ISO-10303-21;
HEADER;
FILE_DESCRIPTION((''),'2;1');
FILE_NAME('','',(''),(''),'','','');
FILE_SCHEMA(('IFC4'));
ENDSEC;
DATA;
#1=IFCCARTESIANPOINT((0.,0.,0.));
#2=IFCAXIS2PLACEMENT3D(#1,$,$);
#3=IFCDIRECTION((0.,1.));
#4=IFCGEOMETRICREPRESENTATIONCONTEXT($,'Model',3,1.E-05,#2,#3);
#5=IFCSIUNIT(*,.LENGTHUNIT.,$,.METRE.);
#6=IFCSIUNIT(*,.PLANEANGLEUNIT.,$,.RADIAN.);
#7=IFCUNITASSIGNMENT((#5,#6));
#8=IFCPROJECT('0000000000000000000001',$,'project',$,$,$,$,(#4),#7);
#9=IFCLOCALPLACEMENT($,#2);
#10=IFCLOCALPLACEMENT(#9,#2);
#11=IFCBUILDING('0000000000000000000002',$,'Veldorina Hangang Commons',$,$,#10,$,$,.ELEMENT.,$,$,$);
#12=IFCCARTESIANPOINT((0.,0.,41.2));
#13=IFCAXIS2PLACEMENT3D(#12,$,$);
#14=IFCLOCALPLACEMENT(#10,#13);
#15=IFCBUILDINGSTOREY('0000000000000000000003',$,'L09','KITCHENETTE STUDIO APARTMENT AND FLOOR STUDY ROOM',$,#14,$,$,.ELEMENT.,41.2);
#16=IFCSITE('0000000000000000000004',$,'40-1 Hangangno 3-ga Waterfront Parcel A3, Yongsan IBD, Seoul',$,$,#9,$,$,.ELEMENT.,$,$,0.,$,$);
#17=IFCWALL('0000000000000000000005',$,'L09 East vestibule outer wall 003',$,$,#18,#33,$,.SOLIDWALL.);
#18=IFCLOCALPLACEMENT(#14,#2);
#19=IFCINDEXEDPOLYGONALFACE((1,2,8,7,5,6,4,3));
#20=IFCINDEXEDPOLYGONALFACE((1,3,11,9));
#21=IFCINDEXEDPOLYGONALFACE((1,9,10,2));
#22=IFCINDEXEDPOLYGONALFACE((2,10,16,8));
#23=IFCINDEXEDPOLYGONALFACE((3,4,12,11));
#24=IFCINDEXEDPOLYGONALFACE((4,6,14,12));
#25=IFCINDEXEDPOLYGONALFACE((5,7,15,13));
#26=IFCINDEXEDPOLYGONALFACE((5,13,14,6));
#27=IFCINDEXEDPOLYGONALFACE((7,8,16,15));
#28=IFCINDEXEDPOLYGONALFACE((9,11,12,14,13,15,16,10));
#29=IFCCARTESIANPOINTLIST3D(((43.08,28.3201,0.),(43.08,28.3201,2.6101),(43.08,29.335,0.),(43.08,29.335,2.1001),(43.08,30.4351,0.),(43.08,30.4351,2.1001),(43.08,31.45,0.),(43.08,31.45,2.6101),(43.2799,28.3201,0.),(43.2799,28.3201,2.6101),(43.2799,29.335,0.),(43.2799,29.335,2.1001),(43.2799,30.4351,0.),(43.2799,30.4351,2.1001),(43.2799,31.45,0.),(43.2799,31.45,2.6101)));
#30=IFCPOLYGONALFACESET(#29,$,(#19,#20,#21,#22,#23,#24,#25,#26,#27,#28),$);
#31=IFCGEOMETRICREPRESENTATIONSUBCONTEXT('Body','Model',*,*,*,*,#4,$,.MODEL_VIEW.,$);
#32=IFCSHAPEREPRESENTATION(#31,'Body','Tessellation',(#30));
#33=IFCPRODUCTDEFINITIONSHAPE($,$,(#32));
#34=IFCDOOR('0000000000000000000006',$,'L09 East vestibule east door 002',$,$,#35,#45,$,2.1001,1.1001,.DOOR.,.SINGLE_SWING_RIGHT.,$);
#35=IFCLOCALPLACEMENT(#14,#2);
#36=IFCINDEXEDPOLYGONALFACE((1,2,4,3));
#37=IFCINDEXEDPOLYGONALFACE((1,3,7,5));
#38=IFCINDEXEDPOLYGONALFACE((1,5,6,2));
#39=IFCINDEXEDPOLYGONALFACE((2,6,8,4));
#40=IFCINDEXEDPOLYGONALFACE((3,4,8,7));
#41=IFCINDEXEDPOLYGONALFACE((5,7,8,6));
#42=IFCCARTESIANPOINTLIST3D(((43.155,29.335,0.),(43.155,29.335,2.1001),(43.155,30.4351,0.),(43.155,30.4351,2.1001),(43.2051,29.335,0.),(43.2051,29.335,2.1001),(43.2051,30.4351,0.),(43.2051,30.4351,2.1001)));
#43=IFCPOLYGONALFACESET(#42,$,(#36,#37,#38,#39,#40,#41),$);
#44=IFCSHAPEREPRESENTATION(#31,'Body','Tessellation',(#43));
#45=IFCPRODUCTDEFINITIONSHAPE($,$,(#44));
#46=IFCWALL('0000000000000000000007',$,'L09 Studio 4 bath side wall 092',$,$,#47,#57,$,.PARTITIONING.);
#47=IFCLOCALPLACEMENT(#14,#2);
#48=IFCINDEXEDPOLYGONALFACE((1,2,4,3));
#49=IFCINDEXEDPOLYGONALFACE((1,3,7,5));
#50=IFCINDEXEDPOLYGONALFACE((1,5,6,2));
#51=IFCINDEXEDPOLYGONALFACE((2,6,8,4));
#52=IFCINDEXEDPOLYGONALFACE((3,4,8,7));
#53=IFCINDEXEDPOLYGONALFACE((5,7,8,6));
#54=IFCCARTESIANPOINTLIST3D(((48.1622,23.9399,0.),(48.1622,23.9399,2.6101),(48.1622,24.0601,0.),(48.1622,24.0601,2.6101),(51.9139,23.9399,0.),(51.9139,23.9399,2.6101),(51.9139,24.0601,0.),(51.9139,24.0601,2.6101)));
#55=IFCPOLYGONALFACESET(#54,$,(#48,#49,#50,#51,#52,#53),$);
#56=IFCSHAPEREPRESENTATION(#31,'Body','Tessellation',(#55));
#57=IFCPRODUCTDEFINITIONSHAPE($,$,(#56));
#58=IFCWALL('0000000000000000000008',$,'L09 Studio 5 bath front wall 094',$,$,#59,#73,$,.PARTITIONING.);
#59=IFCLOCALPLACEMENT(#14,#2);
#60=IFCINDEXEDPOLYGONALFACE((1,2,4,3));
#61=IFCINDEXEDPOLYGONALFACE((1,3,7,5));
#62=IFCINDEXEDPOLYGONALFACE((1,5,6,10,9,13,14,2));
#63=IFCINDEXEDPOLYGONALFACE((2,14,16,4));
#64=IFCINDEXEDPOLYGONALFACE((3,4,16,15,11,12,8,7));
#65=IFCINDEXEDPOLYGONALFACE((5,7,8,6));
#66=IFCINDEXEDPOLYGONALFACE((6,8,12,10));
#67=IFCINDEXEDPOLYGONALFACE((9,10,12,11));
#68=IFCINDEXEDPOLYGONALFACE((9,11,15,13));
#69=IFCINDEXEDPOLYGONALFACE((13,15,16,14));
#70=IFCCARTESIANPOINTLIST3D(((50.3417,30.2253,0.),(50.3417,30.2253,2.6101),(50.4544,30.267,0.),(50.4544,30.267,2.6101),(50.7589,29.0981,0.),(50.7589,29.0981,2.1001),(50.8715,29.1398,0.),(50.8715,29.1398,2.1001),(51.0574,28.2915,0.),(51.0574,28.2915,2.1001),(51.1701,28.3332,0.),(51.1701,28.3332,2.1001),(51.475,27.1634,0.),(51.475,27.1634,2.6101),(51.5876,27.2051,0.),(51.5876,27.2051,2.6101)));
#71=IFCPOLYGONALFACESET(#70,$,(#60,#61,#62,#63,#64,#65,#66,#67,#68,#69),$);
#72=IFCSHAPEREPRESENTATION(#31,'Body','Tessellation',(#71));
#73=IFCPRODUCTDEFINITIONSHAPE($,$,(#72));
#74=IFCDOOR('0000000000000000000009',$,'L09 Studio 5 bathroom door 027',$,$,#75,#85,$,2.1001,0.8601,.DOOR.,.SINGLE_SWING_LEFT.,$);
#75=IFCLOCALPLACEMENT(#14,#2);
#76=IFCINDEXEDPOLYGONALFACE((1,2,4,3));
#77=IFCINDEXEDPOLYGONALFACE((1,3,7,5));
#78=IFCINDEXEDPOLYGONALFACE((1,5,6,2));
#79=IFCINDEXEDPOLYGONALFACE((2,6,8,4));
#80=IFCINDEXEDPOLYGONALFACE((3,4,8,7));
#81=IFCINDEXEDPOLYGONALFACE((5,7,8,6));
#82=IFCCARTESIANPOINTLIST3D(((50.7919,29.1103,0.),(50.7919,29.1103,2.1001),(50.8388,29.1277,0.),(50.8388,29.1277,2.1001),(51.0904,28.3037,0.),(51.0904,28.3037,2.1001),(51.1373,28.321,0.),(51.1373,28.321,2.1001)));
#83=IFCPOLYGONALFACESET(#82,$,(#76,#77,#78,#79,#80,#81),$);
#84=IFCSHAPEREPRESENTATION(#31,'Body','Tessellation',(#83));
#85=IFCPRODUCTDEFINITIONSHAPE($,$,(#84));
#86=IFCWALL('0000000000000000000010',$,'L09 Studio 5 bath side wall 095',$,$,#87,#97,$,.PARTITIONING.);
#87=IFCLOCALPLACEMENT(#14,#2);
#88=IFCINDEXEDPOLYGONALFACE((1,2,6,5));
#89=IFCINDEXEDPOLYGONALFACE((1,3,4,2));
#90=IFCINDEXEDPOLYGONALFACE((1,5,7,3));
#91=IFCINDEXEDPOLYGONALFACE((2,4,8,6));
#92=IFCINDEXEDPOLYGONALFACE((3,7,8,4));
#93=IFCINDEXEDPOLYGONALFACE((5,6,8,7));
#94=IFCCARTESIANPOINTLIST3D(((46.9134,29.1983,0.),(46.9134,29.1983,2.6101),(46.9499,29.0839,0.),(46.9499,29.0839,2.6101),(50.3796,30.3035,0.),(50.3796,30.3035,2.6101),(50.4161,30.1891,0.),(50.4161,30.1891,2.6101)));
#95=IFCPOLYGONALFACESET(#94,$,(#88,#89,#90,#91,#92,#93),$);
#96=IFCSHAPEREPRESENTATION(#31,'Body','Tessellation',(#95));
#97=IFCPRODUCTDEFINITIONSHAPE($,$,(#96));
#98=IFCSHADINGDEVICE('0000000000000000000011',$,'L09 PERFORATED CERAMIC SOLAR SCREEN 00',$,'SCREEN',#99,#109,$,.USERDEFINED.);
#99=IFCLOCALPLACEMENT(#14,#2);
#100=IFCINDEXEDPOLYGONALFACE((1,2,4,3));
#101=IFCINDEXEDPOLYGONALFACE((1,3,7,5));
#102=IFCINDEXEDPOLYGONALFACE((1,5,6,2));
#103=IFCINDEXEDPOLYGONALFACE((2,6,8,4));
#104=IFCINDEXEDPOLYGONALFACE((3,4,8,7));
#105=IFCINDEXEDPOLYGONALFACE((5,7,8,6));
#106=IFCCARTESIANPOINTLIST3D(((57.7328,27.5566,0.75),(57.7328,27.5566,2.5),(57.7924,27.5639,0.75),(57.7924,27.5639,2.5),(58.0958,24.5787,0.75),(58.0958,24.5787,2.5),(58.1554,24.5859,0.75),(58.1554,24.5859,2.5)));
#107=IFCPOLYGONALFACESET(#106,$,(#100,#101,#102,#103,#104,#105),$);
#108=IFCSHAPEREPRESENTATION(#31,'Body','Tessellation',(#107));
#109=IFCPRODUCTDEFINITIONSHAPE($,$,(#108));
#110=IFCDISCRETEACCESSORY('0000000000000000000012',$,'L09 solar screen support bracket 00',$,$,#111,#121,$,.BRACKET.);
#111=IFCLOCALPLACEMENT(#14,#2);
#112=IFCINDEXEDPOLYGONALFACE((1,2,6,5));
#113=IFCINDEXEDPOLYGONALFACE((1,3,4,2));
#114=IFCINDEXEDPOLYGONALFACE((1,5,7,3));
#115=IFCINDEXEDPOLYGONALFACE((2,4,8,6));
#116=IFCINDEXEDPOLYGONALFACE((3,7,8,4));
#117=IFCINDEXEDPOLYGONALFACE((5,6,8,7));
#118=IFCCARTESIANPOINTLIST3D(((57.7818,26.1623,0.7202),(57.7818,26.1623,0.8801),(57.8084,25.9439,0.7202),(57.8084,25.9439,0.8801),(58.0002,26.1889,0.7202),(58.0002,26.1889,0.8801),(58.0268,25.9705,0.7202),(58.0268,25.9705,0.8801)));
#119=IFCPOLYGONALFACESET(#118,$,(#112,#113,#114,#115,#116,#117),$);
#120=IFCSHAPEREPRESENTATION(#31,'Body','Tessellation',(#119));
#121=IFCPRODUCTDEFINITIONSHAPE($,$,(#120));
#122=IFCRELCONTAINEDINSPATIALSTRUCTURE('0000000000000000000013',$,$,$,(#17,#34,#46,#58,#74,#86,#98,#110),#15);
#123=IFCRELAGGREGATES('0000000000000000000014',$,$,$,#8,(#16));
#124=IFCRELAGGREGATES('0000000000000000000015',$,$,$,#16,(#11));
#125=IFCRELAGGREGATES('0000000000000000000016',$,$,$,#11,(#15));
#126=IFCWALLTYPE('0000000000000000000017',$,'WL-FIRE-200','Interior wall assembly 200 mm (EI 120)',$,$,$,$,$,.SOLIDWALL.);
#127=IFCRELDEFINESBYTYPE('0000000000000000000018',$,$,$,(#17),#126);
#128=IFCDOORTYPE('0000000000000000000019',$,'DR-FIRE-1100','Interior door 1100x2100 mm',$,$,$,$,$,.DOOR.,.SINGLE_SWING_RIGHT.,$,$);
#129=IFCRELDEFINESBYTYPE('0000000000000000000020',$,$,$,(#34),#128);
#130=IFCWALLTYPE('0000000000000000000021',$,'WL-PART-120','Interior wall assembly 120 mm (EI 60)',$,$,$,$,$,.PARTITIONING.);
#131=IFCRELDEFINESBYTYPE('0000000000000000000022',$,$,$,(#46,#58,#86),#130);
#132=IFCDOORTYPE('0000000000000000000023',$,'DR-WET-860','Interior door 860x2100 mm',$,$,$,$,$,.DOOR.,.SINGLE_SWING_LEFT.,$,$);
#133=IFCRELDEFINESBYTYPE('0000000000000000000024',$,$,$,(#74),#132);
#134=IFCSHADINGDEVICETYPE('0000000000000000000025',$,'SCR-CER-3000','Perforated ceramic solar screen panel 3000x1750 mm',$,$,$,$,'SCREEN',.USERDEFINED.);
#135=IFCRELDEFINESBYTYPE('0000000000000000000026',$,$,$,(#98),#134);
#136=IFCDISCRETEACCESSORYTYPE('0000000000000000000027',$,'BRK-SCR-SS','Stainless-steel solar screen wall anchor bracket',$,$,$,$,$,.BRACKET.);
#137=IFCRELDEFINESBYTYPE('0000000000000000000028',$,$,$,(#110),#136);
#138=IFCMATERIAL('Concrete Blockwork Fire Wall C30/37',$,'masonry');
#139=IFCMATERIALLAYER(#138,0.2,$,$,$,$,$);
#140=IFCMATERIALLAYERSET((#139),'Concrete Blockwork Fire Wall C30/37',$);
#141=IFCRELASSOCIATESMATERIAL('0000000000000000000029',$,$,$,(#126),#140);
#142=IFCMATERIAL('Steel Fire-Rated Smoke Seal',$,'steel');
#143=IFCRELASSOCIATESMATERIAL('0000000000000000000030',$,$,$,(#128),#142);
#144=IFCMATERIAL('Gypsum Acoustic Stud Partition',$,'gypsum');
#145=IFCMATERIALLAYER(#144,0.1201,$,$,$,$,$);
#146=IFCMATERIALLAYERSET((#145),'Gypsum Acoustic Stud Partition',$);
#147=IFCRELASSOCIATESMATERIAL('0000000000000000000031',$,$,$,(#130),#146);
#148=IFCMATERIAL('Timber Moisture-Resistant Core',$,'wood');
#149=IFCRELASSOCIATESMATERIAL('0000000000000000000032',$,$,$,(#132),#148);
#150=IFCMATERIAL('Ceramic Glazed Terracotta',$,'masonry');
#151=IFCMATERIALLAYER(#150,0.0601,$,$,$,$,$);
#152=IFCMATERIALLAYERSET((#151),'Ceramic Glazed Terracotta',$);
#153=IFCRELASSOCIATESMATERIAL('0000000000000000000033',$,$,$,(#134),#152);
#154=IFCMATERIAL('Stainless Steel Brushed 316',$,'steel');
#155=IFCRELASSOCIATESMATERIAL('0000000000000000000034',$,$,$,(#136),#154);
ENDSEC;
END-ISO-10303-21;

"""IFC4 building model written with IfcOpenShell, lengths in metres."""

from ifc_helpers import new_model, si_unit, direction, frame, frame_2d, origin, origin_2d, place, context, subcontext, project, spatial, rectangle, extrude, material, layer, layer_set, type_object, element, fill, save


model = new_model("IFC4")

# Units and contexts
model_context = context("Model", 3, precision=1e-05, world=origin(), true_north=direction((0.0, 1.0)))
body_context = subcontext(model_context, "Body", "Model", "MODEL_VIEW")
ifc_project = project(units=[si_unit("LENGTHUNIT", "METRE"), si_unit("PLANEANGLEUNIT", "RADIAN")], contexts=[model_context])

# Site, building, storey
site_placement = place(None, origin())
site = spatial("IfcSite", under=ifc_project, at=site_placement, Name="40-1 Hangangno 3-ga Waterfront Parcel A3, Yongsan IBD, Seoul", CompositionType="ELEMENT", RefElevation=0.0)
building_placement = place(site_placement, origin())
building = spatial("IfcBuilding", under=site, at=building_placement, Name="Veldorina Hangang Commons", CompositionType="ELEMENT")
storey_placement = place(building_placement, frame((0.0, 0.0, 41.2)))
storey = spatial("IfcBuildingStorey", under=building, at=storey_placement, Name="L09", Description="KITCHENETTE STUDIO APARTMENT AND FLOOR STUDY ROOM", CompositionType="ELEMENT", Elevation=41.2)

# Wall, opening, door
ifc_material_1 = material(Name="Concrete Blockwork Fire Wall C30/37", Category="masonry")
ifc_layer_1 = layer(ifc_material_1, 0.2)
ifc_layer_set_1 = layer_set([ifc_layer_1], Name="Concrete Blockwork Fire Wall C30/37")
wall_type_1 = type_object("IfcWallType", Name="WL-FIRE-200", Description="Interior wall assembly 200 mm (EI 120)", PredefinedType="SOLIDWALL", material=ifc_layer_set_1)
wall_1_placement = place(storey_placement, frame((43.1799, 28.3201, 0.0), z_axis=(0.0, 0.0, 1.0), x_axis=(0.0, 1.0, 0.0)))
wall_1 = element("IfcWall", 1, at=wall_1_placement, inside=storey, type_object=wall_type_1, Name="L09 East vestibule outer wall 003", PredefinedType="SOLIDWALL", context=body_context, shape_type="SweptSolid", body=[
    extrude(rectangle(XDim=3.1299, YDim=0.2, at=frame_2d((1.5649, 0.0))), origin(), (0.0, 0.0, 1.0), 2.6101),
])
opening_1_placement = place(wall_1_placement, frame((1.0149, 0.0, 0.0)))
opening_1 = element("IfcOpeningElement", 2, at=opening_1_placement, cuts=wall_1, PredefinedType="OPENING", context=body_context, shape_type="SweptSolid", body=[
    extrude(rectangle(XDim=1.1001, YDim=2.1001, at=frame_2d((0.55, 1.05))), frame((0.0, 0.1099, 0.0), z_axis=(0.0, -1.0, 0.0), x_axis=(1.0, 0.0, 0.0)), (0.0, 0.0, 1.0), 0.22),
])
ifc_material_2 = material(Name="Steel Fire-Rated Smoke Seal", Category="steel")
door_type_1 = type_object("IfcDoorType", Name="DR-FIRE-1100", Description="Interior door 1100x2100 mm", OperationType="SINGLE_SWING_RIGHT", PredefinedType="DOOR", material=ifc_material_2)
door_1_placement = place(opening_1_placement, origin())
door_1 = element("IfcDoor", 3, at=door_1_placement, inside=storey, type_object=door_type_1, Name="L09 East vestibule east door 002", OperationType="SINGLE_SWING_RIGHT", OverallHeight=2.1001, OverallWidth=1.1001, PredefinedType="DOOR", context=body_context, shape_type="SweptSolid", body=[
    extrude(rectangle(XDim=1.1001, YDim=2.1001, at=frame_2d((0.55, 1.05))), frame((0.0, 0.0249, 0.0), z_axis=(0.0, -1.0, 0.0), x_axis=(1.0, 0.0, 0.0)), (0.0, 0.0, 1.0), 0.05),
])
fill(opening_1, door_1)

# Wall
ifc_material_3 = material(Name="Gypsum Acoustic Stud Partition", Category="gypsum")
ifc_layer_2 = layer(ifc_material_3, 0.1201)
ifc_layer_set_2 = layer_set([ifc_layer_2], Name="Gypsum Acoustic Stud Partition")
wall_type_2 = type_object("IfcWallType", Name="WL-PART-120", Description="Interior wall assembly 120 mm (EI 60)", PredefinedType="PARTITIONING", material=ifc_layer_set_2)
wall_2_placement = place(storey_placement, frame((48.1621, 24.0, 0.0), z_axis=(0.0, 0.0, 1.0), x_axis=(1.0, 0.0, 0.0)))
element("IfcWall", 4, at=wall_2_placement, inside=storey, type_object=wall_type_2, Name="L09 Studio 4 bath side wall 092", PredefinedType="PARTITIONING", context=body_context, shape_type="SweptSolid", body=[
    extrude(rectangle(XDim=3.7517, YDim=0.1201, at=frame_2d((1.876, 0.0))), origin(), (0.0, 0.0, 1.0), 2.6101),
])

# Wall, opening, door
wall_3_placement = place(storey_placement, frame((51.5312, 27.1843, 0.0), z_axis=(0.0, 0.0, 1.0), x_axis=(-0.347105, 0.937826, 0.0)))
wall_3 = element("IfcWall", 5, at=wall_3_placement, inside=storey, type_object=wall_type_2, Name="L09 Studio 5 bath front wall 094", PredefinedType="PARTITIONING", context=body_context, shape_type="SweptSolid", body=[
    extrude(rectangle(XDim=3.2649, YDim=0.1201, at=frame_2d((1.6323, 0.0))), origin(), (0.0, 0.0, 1.0), 2.6101),
])
opening_2_placement = place(wall_3_placement, frame((1.2026, 0.0, 0.0)))
opening_2 = element("IfcOpeningElement", 6, at=opening_2_placement, cuts=wall_3, PredefinedType="OPENING", context=body_context, shape_type="SweptSolid", body=[
    extrude(rectangle(XDim=0.8601, YDim=2.1001, at=frame_2d((0.4302, 1.05))), frame((0.0, 0.0701, 0.0), z_axis=(0.0, -1.0, 0.0), x_axis=(1.0, 0.0, 0.0)), (0.0, 0.0, 1.0), 0.1401),
])
ifc_material_4 = material(Name="Timber Moisture-Resistant Core", Category="wood")
door_type_2 = type_object("IfcDoorType", Name="DR-WET-860", Description="Interior door 860x2100 mm", OperationType="SINGLE_SWING_LEFT", PredefinedType="DOOR", material=ifc_material_4)
door_2_placement = place(opening_2_placement, origin())
door_2 = element("IfcDoor", 7, at=door_2_placement, inside=storey, type_object=door_type_2, Name="L09 Studio 5 bathroom door 027", OperationType="SINGLE_SWING_LEFT", OverallHeight=2.1001, OverallWidth=0.8601, PredefinedType="DOOR", context=body_context, shape_type="SweptSolid", body=[
    extrude(rectangle(XDim=0.8601, YDim=2.1001, at=frame_2d((0.4302, 1.05))), frame((0.0, 0.0249, 0.0), z_axis=(0.0, -1.0, 0.0), x_axis=(1.0, 0.0, 0.0)), (0.0, 0.0, 1.0), 0.05),
])
fill(opening_2, door_2)

# Wall
wall_4_placement = place(storey_placement, frame((46.9316, 29.1411, 0.0), z_axis=(0.0, 0.0, 1.0), x_axis=(0.952742, 0.30378, 0.0)))
element("IfcWall", 8, at=wall_4_placement, inside=storey, type_object=wall_type_2, Name="L09 Studio 5 bath side wall 095", PredefinedType="PARTITIONING", context=body_context, shape_type="SweptSolid", body=[
    extrude(rectangle(XDim=3.6382, YDim=0.1201, at=frame_2d((1.8191, 0.0))), origin(), (0.0, 0.0, 1.0), 2.6101),
])

# Shading device
ifc_material_5 = material(Name="Ceramic Glazed Terracotta", Category="masonry")
ifc_layer_3 = layer(ifc_material_5, 0.0601)
ifc_layer_set_3 = layer_set([ifc_layer_3], Name="Ceramic Glazed Terracotta")
shading_device_type = type_object("IfcShadingDeviceType", Name="SCR-CER-3000", Description="Perforated ceramic solar screen panel 3000x1750 mm", ElementType="SCREEN", PredefinedType="USERDEFINED", material=ifc_layer_set_3)
shading_device_placement = place(storey_placement, frame((57.9441, 26.0713, 0.75), z_axis=(0.0, 0.0, 1.0), x_axis=(-0.12102, 0.99265, 0.0)))
element("IfcShadingDevice", 9, at=shading_device_placement, inside=storey, type_object=shading_device_type, Name="L09 PERFORATED CERAMIC SOLAR SCREEN 00", ObjectType="SCREEN", PredefinedType="USERDEFINED", context=body_context, shape_type="SweptSolid", body=[
    extrude(rectangle(XDim=3.0, YDim=0.0601, at=origin_2d()), origin(), (0.0, 0.0, 1.0), 1.75),
])

# Discrete accessory
ifc_material_6 = material(Name="Stainless Steel Brushed 316", Category="steel")
discrete_accessory_type = type_object("IfcDiscreteAccessoryType", Name="BRK-SCR-SS", Description="Stainless-steel solar screen wall anchor bracket", PredefinedType="BRACKET", material=ifc_material_6)
discrete_accessory_placement = place(storey_placement, frame((57.9043, 26.0664, 0.7202), z_axis=(0.0, 0.0, 1.0), x_axis=(-0.12102, 0.99265, 0.0)))
element("IfcDiscreteAccessory", 10, at=discrete_accessory_placement, inside=storey, type_object=discrete_accessory_type, Name="L09 solar screen support bracket 00", PredefinedType="BRACKET", context=body_context, shape_type="SweptSolid", body=[
    extrude(rectangle(XDim=0.22, YDim=0.22, at=origin_2d()), origin(), (0.0, 0.0, 1.0), 0.1599),
])

save(model, "model.ifc")
